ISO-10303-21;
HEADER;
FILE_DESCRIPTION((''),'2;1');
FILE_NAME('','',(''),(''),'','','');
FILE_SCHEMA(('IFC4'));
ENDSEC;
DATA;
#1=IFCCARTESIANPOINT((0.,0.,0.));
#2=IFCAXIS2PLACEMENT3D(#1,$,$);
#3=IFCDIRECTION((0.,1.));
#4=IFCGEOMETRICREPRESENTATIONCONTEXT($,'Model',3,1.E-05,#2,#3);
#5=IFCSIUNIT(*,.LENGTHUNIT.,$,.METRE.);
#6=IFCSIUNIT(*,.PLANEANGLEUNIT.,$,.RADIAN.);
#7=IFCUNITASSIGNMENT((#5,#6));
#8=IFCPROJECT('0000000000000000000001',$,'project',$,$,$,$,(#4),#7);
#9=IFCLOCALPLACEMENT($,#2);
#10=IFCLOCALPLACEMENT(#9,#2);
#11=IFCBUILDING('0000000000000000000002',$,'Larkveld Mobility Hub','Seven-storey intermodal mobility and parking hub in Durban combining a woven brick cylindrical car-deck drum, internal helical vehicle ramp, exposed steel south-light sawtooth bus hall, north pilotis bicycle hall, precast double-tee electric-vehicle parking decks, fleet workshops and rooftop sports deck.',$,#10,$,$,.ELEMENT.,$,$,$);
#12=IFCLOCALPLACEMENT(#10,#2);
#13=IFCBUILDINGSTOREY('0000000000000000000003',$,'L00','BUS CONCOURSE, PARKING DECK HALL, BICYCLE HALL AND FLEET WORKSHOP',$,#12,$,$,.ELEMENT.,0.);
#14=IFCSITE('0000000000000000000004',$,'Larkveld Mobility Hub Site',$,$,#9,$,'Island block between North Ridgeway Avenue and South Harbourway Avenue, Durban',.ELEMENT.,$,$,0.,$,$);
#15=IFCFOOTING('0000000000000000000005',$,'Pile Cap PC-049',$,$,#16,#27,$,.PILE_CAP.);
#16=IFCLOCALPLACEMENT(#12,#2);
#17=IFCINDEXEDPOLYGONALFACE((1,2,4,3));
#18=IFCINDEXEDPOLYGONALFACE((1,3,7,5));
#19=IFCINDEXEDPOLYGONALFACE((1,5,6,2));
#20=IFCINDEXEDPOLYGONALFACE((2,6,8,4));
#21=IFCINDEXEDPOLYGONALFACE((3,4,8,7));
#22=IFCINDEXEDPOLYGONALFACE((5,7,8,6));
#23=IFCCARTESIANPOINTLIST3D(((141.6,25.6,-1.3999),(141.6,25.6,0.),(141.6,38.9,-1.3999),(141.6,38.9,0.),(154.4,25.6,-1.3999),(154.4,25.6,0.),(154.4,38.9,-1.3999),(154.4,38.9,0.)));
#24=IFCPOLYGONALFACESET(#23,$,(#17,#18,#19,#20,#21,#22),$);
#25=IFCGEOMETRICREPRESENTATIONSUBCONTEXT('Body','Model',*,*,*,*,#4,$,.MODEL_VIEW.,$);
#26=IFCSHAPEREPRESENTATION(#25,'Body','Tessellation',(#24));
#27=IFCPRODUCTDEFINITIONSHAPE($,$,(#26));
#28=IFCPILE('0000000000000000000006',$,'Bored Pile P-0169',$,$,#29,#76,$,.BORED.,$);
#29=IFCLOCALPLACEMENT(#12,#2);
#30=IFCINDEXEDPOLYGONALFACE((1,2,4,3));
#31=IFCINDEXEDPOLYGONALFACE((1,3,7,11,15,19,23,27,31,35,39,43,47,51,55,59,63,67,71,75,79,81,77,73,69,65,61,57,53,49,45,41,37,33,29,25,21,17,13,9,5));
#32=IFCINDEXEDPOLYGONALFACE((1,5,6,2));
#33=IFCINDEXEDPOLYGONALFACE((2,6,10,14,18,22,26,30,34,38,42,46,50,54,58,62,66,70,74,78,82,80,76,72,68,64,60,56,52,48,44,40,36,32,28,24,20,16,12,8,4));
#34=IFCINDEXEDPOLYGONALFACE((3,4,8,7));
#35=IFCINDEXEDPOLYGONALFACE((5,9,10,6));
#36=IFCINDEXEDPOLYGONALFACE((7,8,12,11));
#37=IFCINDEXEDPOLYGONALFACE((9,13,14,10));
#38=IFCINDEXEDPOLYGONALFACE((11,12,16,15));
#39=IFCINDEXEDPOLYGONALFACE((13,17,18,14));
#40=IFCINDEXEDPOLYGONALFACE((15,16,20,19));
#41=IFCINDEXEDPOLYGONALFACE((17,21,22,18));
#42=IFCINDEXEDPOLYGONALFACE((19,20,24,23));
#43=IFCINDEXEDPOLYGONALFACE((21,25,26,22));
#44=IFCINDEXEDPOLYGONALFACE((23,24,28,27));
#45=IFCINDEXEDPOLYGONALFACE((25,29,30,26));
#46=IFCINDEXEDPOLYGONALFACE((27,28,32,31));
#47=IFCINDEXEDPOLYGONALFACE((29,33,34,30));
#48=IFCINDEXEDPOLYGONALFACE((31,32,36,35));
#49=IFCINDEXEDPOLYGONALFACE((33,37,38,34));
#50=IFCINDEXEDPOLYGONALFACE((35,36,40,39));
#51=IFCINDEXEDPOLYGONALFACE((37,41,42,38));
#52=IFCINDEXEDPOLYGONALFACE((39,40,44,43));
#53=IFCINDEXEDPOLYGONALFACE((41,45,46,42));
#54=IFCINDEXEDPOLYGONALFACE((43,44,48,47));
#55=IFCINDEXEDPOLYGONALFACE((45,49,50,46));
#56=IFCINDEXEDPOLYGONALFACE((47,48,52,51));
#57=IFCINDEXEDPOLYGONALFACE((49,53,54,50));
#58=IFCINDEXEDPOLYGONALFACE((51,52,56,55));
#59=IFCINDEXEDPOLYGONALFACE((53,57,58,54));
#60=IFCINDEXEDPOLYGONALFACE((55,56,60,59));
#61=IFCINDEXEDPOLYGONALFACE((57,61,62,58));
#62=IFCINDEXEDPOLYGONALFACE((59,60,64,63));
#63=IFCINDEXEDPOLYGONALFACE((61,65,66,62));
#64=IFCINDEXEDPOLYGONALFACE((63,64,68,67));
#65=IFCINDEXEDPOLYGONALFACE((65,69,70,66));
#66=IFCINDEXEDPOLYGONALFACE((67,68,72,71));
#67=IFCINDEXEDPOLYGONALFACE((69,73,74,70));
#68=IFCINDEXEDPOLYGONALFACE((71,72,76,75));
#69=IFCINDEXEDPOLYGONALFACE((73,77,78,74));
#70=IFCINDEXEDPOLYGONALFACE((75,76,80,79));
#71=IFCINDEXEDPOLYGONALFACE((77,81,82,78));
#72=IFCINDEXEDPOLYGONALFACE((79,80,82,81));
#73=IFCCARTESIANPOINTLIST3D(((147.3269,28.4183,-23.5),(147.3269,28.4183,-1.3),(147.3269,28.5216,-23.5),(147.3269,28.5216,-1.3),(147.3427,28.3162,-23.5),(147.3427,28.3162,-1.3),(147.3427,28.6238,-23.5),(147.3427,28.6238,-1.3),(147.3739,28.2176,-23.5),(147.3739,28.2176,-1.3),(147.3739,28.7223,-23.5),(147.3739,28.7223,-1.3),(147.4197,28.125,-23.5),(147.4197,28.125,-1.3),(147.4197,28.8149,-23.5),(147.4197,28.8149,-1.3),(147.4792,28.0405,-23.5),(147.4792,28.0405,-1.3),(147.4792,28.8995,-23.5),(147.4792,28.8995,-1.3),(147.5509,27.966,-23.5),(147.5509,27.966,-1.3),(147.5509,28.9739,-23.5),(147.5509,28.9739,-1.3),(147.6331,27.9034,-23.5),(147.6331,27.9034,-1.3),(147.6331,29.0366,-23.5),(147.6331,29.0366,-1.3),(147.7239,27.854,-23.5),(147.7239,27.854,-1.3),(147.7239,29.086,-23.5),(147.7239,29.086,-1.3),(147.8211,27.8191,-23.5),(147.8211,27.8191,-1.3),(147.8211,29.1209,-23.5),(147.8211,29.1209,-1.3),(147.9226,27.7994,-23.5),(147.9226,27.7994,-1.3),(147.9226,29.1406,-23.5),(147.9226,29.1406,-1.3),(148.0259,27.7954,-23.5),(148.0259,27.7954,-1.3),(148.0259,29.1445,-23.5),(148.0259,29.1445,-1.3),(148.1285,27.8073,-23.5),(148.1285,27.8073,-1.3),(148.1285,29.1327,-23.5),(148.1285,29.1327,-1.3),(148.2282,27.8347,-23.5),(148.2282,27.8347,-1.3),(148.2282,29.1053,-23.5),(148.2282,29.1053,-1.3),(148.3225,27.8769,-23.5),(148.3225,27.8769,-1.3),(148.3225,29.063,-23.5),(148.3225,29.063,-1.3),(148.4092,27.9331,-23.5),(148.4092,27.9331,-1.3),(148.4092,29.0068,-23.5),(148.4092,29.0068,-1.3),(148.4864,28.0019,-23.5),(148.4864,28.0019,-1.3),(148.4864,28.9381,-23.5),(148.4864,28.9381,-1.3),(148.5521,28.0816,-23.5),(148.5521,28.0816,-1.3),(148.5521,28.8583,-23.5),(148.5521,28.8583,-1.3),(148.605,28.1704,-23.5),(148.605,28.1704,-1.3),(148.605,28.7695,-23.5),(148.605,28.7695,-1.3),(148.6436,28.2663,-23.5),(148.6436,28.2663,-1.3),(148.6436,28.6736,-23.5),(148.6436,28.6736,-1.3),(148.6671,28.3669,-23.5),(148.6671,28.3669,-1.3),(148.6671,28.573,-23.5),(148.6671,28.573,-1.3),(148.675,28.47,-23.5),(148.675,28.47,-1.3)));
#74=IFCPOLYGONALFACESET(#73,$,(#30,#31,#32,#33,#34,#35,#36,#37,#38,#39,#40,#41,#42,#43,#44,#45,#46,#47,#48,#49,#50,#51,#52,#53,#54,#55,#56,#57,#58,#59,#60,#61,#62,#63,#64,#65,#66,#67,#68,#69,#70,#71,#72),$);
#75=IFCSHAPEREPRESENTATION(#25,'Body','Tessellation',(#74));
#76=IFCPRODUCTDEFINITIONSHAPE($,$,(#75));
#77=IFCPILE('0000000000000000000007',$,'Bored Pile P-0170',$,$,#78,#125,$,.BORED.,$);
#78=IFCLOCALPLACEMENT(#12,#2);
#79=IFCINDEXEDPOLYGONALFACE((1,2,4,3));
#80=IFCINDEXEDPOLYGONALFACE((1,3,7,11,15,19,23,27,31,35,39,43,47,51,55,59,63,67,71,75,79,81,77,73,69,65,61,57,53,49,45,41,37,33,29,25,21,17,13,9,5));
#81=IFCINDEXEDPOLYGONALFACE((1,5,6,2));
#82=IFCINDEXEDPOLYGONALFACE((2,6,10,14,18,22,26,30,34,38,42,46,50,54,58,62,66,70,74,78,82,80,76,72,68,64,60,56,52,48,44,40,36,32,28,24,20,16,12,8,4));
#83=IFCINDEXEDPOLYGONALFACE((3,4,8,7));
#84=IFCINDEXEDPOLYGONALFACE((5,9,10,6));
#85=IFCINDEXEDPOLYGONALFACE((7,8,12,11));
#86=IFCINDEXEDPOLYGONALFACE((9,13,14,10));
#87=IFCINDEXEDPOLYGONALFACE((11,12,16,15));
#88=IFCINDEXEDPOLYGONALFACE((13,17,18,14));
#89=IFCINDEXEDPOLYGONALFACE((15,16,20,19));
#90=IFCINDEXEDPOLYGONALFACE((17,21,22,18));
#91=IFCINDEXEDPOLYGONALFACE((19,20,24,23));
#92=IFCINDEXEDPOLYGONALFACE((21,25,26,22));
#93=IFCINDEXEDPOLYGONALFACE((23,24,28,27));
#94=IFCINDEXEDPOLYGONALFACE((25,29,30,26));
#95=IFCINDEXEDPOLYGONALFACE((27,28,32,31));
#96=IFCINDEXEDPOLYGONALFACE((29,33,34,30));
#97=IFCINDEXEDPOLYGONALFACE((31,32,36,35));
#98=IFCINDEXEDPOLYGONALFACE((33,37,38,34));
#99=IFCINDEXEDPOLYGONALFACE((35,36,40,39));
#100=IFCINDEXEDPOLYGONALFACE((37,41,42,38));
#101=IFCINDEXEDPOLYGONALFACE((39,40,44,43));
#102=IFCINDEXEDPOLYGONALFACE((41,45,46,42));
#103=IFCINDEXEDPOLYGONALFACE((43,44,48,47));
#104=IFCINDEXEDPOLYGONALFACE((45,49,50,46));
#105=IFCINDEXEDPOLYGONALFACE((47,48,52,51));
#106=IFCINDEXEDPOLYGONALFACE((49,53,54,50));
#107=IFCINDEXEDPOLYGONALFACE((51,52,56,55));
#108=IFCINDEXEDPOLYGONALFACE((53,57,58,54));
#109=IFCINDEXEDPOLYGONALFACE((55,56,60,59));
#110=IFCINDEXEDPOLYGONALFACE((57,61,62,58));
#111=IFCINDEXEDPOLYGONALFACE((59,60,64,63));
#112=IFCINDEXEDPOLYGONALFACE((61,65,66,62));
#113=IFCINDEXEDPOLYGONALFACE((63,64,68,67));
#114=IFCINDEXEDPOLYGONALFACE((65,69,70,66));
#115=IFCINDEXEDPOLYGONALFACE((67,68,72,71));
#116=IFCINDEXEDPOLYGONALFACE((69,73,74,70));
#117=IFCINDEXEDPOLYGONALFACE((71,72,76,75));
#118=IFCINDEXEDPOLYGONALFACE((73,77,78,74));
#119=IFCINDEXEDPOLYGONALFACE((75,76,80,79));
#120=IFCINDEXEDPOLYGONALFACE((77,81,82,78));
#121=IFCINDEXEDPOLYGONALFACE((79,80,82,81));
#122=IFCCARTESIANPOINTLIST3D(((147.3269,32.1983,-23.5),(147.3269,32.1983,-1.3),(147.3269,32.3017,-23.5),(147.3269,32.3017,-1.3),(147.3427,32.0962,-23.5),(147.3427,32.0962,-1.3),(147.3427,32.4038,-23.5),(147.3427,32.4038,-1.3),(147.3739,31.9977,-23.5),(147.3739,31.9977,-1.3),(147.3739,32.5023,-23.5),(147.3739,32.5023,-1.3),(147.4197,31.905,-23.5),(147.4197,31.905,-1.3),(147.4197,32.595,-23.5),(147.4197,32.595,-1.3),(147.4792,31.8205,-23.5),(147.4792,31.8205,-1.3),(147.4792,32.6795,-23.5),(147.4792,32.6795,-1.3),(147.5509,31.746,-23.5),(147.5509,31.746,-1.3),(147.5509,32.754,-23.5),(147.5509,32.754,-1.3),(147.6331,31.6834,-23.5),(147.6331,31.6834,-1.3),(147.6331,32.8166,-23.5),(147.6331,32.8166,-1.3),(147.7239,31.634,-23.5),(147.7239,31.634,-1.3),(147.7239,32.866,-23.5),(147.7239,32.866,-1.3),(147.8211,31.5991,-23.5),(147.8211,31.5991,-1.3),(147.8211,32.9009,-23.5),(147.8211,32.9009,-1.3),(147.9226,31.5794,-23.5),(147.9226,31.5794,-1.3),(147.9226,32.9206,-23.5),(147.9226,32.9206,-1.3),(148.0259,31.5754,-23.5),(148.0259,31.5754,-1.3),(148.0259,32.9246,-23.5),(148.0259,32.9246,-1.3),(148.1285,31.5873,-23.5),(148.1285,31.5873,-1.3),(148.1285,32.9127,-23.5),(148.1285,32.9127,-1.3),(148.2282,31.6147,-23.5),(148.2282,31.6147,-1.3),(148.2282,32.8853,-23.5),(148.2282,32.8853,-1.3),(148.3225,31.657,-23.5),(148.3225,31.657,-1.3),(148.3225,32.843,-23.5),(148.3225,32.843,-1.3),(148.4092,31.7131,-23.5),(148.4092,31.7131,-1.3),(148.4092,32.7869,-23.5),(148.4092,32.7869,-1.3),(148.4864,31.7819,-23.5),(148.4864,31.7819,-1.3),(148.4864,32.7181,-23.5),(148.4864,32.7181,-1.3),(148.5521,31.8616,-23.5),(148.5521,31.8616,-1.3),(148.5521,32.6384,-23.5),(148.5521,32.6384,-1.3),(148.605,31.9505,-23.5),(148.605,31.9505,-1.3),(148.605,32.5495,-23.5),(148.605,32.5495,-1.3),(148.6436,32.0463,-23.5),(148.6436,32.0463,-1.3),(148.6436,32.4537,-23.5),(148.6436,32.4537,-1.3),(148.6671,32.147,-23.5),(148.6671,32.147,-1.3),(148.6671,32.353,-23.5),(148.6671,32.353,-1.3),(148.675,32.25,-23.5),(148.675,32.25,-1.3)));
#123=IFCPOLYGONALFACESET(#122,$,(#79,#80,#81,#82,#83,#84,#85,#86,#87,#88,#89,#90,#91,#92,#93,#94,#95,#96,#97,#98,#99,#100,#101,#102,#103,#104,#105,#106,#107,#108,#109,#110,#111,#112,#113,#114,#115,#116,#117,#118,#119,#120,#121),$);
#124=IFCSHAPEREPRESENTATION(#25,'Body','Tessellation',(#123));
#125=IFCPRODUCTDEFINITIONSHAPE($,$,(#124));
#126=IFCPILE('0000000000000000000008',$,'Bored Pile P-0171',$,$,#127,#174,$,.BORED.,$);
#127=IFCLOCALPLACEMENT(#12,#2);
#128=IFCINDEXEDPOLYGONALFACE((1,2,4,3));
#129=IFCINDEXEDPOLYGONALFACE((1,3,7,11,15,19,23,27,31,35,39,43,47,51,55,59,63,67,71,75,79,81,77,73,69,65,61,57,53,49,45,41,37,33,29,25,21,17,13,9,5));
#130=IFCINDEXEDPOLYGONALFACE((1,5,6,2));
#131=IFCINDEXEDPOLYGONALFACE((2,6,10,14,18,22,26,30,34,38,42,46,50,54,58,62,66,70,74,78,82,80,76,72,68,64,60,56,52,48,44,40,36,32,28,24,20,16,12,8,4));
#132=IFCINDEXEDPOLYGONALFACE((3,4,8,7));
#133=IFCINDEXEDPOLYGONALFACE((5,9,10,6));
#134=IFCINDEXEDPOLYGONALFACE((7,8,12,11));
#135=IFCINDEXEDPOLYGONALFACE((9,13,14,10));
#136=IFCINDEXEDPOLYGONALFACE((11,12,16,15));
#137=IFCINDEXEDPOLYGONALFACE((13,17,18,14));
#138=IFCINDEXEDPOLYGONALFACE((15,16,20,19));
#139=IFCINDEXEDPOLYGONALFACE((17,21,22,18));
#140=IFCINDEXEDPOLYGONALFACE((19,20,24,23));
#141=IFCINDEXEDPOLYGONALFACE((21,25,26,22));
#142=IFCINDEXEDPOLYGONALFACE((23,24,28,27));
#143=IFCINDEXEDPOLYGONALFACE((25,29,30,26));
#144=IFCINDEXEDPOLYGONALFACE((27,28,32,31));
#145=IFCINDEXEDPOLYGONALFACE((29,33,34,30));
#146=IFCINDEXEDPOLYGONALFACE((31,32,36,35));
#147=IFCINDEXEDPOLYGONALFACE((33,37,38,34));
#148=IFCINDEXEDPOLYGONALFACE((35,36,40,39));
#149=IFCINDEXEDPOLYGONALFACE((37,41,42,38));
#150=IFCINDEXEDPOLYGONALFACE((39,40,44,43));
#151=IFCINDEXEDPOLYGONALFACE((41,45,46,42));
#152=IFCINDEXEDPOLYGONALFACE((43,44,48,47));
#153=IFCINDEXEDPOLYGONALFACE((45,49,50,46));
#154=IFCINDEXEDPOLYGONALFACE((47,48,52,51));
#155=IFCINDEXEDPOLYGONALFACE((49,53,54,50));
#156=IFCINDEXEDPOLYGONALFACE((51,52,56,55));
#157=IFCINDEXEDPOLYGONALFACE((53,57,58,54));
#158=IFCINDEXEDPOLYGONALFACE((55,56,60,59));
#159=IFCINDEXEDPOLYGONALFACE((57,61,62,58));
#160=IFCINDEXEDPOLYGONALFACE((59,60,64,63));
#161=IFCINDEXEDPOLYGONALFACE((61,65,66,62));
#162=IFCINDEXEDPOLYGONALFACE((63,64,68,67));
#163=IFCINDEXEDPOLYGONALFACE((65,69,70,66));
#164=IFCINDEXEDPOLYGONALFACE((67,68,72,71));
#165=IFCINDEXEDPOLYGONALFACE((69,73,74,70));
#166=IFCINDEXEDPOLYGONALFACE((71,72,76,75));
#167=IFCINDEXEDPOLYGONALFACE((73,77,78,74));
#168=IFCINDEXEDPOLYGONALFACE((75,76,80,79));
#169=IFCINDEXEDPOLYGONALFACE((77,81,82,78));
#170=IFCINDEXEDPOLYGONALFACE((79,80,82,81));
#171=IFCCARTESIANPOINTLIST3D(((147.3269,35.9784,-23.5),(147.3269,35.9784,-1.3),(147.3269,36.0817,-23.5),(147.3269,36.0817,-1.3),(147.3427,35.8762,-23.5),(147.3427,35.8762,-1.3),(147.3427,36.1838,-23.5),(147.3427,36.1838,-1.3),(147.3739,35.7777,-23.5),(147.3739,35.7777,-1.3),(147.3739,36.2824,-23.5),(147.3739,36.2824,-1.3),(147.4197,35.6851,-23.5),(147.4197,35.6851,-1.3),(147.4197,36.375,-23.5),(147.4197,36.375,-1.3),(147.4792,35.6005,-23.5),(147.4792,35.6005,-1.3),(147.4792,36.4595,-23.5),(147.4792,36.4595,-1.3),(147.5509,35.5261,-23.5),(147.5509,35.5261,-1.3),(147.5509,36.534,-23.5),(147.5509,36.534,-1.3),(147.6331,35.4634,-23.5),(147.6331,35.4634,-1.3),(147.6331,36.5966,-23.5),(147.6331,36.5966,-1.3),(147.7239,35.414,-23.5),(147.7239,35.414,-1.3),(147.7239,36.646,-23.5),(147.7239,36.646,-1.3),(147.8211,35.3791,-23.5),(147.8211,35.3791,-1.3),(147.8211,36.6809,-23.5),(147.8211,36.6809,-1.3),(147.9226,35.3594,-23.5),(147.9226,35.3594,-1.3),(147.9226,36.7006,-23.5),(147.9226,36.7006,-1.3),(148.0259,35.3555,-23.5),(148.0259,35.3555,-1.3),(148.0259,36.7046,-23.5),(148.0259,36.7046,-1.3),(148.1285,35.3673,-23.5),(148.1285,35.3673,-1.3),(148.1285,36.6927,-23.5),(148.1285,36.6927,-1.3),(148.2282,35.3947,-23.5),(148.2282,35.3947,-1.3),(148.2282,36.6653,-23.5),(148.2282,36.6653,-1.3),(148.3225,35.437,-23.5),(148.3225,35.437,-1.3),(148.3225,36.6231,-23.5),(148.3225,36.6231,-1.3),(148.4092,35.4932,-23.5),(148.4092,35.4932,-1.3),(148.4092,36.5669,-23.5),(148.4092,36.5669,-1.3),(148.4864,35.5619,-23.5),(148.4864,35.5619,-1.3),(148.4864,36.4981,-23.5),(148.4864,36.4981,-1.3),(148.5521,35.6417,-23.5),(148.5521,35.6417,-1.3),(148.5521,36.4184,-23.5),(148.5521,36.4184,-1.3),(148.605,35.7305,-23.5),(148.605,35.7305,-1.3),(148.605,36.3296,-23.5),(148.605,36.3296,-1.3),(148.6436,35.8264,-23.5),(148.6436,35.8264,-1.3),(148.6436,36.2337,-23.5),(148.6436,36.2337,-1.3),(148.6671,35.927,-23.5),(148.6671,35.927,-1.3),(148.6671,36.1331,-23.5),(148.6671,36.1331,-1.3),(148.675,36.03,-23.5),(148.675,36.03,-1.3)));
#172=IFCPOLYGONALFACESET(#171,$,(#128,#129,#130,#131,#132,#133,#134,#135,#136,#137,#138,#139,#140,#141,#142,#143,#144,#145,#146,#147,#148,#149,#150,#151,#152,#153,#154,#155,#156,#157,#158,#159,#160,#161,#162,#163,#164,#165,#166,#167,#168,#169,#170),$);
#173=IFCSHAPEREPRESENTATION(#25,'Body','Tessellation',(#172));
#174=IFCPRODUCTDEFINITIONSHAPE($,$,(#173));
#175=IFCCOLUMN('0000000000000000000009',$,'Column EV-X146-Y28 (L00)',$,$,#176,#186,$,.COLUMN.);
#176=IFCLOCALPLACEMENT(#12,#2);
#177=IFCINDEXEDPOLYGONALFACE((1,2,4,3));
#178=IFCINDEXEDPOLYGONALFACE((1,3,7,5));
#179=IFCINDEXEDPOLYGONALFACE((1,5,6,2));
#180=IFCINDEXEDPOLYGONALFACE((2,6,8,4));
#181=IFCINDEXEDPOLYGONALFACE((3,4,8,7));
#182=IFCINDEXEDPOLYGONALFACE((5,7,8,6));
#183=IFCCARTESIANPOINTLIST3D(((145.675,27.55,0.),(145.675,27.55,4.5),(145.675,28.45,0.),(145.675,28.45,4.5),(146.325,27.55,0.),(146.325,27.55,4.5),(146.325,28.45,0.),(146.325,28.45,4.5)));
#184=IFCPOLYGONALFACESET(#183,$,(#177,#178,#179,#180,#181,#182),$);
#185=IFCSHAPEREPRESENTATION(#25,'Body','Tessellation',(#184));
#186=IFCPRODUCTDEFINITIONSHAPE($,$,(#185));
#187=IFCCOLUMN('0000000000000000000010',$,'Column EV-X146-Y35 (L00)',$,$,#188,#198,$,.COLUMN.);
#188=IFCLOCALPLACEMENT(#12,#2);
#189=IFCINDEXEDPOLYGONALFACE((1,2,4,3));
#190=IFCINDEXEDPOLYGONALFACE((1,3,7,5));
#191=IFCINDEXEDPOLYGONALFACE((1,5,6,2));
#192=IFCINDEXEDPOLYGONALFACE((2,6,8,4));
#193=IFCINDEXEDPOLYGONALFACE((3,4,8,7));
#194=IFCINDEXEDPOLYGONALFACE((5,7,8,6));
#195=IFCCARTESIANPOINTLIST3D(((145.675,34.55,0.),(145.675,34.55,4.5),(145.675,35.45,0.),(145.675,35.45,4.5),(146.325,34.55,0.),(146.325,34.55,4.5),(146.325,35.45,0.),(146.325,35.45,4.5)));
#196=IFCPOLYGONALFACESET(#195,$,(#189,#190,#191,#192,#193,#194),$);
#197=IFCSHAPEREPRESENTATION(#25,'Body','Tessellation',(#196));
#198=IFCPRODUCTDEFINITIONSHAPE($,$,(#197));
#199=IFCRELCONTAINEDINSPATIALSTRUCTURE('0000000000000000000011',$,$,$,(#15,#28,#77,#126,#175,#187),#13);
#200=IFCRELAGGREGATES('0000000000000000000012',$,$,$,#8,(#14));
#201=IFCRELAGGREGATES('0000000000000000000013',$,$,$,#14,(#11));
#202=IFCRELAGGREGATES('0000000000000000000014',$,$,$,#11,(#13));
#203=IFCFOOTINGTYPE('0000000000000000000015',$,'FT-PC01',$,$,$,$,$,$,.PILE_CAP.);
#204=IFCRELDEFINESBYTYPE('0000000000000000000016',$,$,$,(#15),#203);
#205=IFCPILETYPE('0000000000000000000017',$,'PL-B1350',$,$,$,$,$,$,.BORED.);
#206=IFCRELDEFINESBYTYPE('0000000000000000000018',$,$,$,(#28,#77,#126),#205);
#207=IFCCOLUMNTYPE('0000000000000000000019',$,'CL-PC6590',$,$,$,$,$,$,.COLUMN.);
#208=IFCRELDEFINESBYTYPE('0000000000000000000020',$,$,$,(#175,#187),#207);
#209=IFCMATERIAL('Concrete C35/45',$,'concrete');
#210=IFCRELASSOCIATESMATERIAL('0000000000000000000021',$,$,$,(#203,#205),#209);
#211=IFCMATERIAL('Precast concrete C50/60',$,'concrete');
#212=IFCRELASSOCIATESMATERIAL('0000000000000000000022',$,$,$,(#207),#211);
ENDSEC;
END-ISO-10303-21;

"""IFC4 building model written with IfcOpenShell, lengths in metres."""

from ifc_helpers import new_model, si_unit, direction, frame, origin, origin_2d, place, context, subcontext, project, spatial, rectangle, circle, extrude, material, material_profile, profile_set, type_object, element, save


model = new_model("IFC4")

# Units and contexts
model_context = context("Model", 3, precision=1e-05, world=origin(), true_north=direction((0.0, 1.0)))
body_context = subcontext(model_context, "Body", "Model", "MODEL_VIEW")
ifc_project = project(units=[si_unit("LENGTHUNIT", "METRE"), si_unit("PLANEANGLEUNIT", "RADIAN")], contexts=[model_context])

# Site, building, storey
site_placement = place(None, origin())
site = spatial("IfcSite", under=ifc_project, at=site_placement, Name="Larkveld Mobility Hub Site", LongName="Island block between North Ridgeway Avenue and South Harbourway Avenue, Durban", CompositionType="ELEMENT", RefElevation=0.0)
building_placement = place(site_placement, origin())
building = spatial("IfcBuilding", under=site, at=building_placement, Name="Larkveld Mobility Hub", Description="Seven-storey intermodal mobility and parking hub in Durban combining a woven brick cylindrical car-deck drum, internal helical vehicle ramp, exposed steel south-light sawtooth bus hall, north pilotis bicycle hall, precast double-tee electric-vehicle parking decks, fleet workshops and rooftop sports deck.", CompositionType="ELEMENT")
storey_placement = place(building_placement, origin())
storey = spatial("IfcBuildingStorey", under=building, at=storey_placement, Name="L00", Description="BUS CONCOURSE, PARKING DECK HALL, BICYCLE HALL AND FLEET WORKSHOP", CompositionType="ELEMENT", Elevation=0.0)

# Footing
ifc_material_1 = material(Name="Concrete C35/45", Category="concrete")
footing_type = type_object("IfcFootingType", Name="FT-PC01", PredefinedType="PILE_CAP", material=ifc_material_1)
footing_placement = place(storey_placement, frame((148.0, 32.25, -1.3999), z_axis=(0.0, 0.0, 1.0), x_axis=(1.0, 0.0, 0.0)))
element("IfcFooting", 1, at=footing_placement, inside=storey, type_object=footing_type, Name="Pile Cap PC-049", PredefinedType="PILE_CAP", context=body_context, shape_type="SweptSolid", body=[
    extrude(rectangle(XDim=12.8, YDim=13.3, at=origin_2d()), origin(), (0.0, 0.0, 1.0), 1.3999),
])

# Piles
ifc_material_profile_1 = material_profile(ifc_material_1, circle(Radius=0.675, at=origin_2d()), Name="PILE D1350")
ifc_profile_set_1 = profile_set([ifc_material_profile_1], Name="Concrete C35/45")
pile_type = type_object("IfcPileType", Name="PL-B1350", PredefinedType="BORED", material=ifc_profile_set_1)
for number, where, z_axis, x_axis, name in (
    (2, (148.0, 28.47, -1.3), (0.0, 0.0, -1.0), (1.0, 0.0, 0.0), "Bored Pile P-0169"),
    (3, (148.0, 32.25, -1.3), (0.0, 0.0, -1.0), (1.0, 0.0, 0.0), "Bored Pile P-0170"),
    (4, (148.0, 36.03, -1.3), (0.0, 0.0, -1.0), (1.0, 0.0, 0.0), "Bored Pile P-0171"),
):
    element("IfcPile", number, at=place(storey_placement, frame(where, z_axis=z_axis, x_axis=x_axis)), inside=storey, type_object=pile_type, Name=name, PredefinedType="BORED", context=body_context, shape_type="SweptSolid", body=[
        extrude(circle(Radius=0.675, at=origin_2d()), origin(), (0.0, 0.0, 1.0), 22.2),
    ])

# Columns
ifc_material_2 = material(Name="Precast concrete C50/60", Category="concrete")
ifc_material_profile_2 = material_profile(ifc_material_2, rectangle(XDim=0.6499, YDim=0.8999, at=origin_2d()), Name="RC COL 650x900")
ifc_profile_set_2 = profile_set([ifc_material_profile_2], Name="Precast concrete C50/60")
column_type = type_object("IfcColumnType", Name="CL-PC6590", PredefinedType="COLUMN", material=ifc_profile_set_2)
for number, where, z_axis, x_axis, name in (
    (5, (146.0, 28.0, 0.0), (0.0, 0.0, 1.0), (1.0, 0.0, 0.0), "Column EV-X146-Y28 (L00)"),
    (6, (146.0, 35.0, 0.0), (0.0, 0.0, 1.0), (1.0, 0.0, 0.0), "Column EV-X146-Y35 (L00)"),
):
    element("IfcColumn", number, at=place(storey_placement, frame(where, z_axis=z_axis, x_axis=x_axis)), inside=storey, type_object=column_type, Name=name, PredefinedType="COLUMN", context=body_context, shape_type="SweptSolid", body=[
        extrude(rectangle(XDim=0.6499, YDim=0.8999, at=origin_2d()), origin(), (0.0, 0.0, 1.0), 4.5),
    ])

save(model, "model.ifc")
